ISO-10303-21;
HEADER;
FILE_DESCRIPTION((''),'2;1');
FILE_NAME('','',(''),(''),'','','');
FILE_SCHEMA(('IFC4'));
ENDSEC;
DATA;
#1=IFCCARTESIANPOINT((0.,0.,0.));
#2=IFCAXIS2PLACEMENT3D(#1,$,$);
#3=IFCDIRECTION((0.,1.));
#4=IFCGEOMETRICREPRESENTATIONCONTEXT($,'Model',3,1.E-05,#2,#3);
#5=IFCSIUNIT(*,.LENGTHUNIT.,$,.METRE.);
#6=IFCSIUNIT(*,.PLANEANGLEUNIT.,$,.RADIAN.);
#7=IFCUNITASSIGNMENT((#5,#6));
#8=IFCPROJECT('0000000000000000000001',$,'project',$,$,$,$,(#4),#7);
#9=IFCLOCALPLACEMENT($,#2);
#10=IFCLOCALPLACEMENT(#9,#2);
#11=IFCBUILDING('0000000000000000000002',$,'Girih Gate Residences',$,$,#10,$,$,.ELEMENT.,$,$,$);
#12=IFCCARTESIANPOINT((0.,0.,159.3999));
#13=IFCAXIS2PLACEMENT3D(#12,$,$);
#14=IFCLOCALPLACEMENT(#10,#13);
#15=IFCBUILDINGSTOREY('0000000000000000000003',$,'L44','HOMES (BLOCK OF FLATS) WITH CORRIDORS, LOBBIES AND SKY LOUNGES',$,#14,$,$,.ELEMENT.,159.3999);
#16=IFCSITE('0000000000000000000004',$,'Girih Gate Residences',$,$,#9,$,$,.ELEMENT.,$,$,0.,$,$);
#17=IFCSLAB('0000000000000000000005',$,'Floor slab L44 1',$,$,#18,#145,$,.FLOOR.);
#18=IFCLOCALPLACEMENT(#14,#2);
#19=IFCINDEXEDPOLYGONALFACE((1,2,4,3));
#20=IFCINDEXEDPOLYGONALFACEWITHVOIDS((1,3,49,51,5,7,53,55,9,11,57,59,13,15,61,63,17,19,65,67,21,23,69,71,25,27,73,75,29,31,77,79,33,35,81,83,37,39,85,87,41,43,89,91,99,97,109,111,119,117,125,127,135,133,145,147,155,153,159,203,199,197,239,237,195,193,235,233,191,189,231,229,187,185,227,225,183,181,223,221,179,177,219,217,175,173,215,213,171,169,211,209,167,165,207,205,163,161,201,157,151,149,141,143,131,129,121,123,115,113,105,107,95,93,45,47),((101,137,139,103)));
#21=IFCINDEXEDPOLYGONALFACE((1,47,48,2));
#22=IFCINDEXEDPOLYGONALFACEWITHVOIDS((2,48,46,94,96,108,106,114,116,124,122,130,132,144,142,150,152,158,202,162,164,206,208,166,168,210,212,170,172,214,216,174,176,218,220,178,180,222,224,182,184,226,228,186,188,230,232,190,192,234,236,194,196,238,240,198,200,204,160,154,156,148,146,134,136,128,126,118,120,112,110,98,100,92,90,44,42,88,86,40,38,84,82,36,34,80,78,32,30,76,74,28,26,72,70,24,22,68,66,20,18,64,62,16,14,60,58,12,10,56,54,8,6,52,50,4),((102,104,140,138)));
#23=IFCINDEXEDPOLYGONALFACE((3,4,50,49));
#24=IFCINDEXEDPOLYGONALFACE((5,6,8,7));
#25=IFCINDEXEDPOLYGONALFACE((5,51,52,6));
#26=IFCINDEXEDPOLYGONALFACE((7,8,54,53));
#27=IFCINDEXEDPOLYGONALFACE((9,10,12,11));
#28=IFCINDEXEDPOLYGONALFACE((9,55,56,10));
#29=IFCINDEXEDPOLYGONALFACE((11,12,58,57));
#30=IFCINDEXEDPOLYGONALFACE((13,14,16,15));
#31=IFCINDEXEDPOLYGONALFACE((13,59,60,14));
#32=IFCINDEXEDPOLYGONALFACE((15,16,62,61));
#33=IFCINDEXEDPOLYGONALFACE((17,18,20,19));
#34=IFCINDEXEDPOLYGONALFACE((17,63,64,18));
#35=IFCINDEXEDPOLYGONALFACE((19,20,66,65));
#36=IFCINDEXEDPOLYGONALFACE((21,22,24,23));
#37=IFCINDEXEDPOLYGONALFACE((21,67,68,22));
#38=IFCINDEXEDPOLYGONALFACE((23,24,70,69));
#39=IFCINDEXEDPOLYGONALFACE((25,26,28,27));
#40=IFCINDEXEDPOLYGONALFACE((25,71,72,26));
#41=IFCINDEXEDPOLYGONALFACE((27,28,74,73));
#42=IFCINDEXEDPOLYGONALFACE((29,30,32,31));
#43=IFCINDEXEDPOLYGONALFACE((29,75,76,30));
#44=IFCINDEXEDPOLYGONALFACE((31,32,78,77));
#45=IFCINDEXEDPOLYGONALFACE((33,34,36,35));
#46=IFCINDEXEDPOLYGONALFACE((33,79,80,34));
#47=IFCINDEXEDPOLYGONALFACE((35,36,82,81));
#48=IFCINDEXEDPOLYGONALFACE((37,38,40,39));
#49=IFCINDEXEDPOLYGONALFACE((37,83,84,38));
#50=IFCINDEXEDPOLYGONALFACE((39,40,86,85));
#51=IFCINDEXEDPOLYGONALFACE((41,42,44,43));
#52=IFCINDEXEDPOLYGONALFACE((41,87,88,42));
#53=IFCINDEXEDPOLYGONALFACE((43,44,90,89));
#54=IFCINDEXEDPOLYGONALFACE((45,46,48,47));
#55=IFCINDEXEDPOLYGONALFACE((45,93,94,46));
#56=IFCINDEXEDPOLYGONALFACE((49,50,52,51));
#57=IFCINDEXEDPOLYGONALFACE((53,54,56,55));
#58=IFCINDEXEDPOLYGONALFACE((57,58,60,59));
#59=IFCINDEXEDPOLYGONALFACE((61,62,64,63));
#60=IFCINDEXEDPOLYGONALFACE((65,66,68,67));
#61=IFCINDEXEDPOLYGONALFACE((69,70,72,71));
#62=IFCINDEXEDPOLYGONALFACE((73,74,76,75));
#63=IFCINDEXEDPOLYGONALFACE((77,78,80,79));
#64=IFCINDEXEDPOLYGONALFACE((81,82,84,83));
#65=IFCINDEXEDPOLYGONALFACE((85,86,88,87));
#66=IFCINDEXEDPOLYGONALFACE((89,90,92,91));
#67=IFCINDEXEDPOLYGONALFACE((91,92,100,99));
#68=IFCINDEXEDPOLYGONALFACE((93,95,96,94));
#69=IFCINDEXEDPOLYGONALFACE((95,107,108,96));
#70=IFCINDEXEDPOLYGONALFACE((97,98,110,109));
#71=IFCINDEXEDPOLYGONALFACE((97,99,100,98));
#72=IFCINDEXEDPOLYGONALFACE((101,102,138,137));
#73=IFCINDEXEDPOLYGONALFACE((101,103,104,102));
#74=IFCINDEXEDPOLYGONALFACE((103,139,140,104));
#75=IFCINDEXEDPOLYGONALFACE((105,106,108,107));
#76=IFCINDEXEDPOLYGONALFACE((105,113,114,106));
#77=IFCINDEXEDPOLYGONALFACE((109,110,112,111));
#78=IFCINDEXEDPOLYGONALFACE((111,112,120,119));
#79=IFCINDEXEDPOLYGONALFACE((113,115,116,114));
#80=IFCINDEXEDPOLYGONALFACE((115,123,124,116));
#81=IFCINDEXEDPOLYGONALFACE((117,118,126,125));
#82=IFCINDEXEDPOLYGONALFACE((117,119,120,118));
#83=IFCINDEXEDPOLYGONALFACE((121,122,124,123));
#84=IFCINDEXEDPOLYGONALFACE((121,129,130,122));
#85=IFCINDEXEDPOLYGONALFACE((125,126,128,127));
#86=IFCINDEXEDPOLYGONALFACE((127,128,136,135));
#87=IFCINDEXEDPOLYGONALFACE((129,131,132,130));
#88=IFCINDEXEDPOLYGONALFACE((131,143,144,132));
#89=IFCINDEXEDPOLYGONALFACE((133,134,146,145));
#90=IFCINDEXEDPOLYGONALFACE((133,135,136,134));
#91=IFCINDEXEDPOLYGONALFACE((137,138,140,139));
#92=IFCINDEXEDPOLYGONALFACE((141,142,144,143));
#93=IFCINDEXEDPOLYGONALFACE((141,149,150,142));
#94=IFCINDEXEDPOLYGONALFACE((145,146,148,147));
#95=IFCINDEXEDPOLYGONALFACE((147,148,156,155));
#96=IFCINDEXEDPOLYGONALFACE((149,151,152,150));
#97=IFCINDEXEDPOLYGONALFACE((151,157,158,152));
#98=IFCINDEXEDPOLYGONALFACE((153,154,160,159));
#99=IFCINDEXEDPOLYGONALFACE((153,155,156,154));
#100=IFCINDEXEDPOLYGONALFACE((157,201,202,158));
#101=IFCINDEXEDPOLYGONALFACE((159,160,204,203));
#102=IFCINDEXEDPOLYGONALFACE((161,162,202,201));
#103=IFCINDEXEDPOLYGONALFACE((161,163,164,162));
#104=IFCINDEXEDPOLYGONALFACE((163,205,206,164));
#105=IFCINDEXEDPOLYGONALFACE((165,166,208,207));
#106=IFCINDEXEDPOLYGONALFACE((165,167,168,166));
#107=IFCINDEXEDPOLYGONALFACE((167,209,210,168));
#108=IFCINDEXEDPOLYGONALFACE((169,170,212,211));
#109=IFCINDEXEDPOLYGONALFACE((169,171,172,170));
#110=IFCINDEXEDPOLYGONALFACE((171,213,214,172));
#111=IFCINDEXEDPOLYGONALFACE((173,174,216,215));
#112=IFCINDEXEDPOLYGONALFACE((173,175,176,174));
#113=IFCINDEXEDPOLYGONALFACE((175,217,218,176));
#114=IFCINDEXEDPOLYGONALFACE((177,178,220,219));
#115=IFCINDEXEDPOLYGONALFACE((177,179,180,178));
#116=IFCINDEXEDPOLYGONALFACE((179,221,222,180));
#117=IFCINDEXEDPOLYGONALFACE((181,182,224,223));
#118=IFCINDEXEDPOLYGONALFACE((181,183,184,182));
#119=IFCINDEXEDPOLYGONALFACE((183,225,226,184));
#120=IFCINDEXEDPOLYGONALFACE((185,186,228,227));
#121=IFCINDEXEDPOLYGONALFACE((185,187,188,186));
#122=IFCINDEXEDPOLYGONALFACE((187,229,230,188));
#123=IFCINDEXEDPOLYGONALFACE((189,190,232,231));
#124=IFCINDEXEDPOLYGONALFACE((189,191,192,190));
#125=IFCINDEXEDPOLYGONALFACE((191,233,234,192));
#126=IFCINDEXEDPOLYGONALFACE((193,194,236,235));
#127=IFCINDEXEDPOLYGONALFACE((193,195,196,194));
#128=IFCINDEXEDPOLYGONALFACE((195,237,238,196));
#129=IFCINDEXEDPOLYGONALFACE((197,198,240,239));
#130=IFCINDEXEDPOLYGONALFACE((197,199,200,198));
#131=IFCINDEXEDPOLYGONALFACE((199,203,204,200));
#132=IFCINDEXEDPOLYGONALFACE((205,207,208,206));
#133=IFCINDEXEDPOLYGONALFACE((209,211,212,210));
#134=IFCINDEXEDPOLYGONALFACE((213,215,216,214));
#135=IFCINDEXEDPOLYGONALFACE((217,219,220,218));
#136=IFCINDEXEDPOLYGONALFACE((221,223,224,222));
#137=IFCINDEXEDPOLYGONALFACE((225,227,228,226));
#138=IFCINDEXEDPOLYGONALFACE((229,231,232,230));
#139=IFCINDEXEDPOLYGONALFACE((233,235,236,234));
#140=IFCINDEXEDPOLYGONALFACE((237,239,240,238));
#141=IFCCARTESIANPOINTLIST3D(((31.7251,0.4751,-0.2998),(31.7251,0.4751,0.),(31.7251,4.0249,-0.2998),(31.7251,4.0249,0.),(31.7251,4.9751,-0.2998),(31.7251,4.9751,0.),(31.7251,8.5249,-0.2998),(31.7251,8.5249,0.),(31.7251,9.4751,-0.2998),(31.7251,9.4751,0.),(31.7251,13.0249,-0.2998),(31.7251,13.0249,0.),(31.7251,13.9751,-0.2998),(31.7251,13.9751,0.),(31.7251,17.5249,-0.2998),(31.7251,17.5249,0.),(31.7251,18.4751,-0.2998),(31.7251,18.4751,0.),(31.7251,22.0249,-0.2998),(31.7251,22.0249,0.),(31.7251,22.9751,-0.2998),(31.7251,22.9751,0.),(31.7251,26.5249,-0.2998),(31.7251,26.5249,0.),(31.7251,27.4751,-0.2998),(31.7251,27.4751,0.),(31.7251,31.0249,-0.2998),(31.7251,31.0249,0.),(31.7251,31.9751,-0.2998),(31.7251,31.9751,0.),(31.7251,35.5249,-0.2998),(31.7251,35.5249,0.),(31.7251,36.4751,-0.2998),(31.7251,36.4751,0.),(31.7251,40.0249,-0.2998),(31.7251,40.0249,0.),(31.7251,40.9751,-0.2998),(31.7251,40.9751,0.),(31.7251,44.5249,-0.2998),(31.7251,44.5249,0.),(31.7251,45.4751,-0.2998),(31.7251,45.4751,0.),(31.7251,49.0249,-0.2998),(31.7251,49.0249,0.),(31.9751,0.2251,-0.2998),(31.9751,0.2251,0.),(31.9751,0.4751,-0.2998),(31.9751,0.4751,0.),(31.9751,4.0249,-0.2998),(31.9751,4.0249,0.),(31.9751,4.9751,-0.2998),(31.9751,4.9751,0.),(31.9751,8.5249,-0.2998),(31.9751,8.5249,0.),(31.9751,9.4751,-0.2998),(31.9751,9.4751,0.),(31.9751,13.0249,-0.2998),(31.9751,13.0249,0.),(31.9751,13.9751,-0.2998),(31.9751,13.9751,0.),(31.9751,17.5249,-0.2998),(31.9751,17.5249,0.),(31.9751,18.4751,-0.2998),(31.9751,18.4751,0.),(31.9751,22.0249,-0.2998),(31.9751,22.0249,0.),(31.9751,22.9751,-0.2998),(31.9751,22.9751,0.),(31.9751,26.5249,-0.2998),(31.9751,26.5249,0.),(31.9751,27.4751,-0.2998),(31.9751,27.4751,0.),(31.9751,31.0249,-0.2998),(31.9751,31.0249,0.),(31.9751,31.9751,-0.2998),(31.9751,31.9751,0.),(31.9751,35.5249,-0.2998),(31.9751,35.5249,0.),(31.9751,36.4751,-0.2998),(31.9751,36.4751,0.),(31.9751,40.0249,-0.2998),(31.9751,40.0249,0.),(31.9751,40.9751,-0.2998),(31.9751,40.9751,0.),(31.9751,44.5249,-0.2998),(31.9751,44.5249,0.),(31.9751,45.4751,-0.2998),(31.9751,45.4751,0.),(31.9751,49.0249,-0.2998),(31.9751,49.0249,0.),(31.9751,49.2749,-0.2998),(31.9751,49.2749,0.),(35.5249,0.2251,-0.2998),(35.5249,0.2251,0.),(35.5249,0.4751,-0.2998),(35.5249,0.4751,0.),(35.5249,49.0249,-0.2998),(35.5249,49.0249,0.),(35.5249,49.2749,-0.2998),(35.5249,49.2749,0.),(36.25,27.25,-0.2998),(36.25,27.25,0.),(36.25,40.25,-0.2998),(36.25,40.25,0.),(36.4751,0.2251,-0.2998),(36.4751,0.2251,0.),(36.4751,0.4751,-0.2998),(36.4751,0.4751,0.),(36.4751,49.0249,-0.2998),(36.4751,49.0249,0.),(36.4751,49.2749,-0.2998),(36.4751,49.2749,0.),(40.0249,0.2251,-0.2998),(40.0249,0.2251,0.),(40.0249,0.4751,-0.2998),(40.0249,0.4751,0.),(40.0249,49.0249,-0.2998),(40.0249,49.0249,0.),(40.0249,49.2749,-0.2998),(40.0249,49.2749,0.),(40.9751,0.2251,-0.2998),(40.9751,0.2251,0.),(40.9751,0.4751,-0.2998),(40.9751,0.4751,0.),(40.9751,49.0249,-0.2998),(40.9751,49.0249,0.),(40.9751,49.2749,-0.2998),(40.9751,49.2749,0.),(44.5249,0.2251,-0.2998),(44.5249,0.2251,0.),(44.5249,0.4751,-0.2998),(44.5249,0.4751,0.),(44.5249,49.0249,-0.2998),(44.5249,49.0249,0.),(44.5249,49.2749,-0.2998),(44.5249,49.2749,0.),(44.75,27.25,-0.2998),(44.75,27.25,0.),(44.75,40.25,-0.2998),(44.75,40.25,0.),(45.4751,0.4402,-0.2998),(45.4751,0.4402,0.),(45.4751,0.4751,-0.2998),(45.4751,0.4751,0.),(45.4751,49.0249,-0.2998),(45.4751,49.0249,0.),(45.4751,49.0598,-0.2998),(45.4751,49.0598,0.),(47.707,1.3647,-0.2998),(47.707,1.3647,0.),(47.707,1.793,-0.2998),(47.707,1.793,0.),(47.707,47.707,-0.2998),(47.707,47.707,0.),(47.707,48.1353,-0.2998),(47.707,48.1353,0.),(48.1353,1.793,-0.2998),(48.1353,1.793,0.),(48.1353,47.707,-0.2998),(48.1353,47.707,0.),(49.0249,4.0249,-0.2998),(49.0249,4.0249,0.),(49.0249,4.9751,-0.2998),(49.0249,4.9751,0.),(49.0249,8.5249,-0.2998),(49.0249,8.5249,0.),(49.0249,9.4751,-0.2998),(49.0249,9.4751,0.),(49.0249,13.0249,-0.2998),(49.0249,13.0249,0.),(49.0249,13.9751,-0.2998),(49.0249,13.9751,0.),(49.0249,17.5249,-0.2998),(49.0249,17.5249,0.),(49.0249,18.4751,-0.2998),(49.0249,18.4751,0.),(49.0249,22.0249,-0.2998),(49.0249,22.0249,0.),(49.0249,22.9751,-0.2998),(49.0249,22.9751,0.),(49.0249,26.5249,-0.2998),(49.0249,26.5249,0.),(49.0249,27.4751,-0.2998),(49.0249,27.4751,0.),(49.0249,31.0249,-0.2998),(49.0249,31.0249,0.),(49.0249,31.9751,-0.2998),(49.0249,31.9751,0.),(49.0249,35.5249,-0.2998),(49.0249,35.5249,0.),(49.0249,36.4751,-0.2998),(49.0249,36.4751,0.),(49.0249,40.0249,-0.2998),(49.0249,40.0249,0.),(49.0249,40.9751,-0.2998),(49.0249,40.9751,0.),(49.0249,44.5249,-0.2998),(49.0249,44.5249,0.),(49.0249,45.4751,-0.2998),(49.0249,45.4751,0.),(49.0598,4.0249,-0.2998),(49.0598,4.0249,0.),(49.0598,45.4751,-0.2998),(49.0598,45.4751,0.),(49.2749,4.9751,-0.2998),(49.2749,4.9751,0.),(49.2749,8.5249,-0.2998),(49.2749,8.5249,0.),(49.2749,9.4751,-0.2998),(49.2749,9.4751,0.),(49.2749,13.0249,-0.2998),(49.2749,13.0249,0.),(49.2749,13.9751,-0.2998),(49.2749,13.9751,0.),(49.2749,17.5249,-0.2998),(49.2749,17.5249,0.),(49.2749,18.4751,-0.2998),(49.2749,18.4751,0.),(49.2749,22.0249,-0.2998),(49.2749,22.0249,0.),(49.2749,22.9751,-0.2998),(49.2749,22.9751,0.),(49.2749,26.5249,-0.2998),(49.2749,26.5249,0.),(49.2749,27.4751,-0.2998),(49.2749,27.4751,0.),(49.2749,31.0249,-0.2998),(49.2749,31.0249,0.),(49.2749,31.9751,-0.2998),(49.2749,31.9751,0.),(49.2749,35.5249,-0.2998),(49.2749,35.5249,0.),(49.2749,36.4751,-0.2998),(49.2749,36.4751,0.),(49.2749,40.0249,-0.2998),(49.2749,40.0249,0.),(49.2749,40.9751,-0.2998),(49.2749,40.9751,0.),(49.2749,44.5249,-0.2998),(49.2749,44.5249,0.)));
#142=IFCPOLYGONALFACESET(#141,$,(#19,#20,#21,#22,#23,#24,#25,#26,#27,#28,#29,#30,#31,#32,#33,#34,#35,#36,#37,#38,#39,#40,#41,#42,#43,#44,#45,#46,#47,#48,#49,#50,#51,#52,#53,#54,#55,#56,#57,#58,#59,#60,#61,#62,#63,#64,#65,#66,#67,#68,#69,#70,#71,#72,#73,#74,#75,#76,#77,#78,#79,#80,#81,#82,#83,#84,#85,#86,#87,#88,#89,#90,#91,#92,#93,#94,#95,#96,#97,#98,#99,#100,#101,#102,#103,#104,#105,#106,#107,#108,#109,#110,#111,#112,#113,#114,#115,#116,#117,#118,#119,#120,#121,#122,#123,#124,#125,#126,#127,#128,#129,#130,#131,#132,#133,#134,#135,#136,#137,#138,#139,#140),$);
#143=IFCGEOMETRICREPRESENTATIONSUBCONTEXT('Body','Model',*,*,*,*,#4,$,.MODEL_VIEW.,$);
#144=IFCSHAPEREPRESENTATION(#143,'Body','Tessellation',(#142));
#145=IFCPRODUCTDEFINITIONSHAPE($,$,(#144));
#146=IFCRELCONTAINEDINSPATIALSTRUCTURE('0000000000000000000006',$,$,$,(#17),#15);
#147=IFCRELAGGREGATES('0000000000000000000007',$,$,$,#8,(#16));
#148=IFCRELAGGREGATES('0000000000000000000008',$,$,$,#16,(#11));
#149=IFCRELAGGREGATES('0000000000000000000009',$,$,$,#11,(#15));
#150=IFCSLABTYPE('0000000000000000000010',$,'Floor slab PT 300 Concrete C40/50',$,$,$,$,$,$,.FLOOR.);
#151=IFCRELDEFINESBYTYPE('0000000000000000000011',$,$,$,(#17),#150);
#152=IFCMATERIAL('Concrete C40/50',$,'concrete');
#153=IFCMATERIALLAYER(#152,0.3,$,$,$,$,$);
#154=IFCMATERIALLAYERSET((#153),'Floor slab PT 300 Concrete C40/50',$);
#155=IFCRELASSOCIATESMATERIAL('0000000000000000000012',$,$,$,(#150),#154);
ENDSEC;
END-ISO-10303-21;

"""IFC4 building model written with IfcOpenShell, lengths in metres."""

from ifc_helpers import new_model, si_unit, direction, frame, origin, place, context, subcontext, project, spatial, polyline, outline, extrude, material, layer, layer_set, type_object, element, save


model = new_model("IFC4")

# Units and contexts
model_context = context("Model", 3, precision=1e-05, world=origin(), true_north=direction((0.0, 1.0)))
body_context = subcontext(model_context, "Body", "Model", "MODEL_VIEW")
ifc_project = project(units=[si_unit("LENGTHUNIT", "METRE"), si_unit("PLANEANGLEUNIT", "RADIAN")], contexts=[model_context])

# Site, building, storey
site_placement = place(None, origin())
site = spatial("IfcSite", under=ifc_project, at=site_placement, Name="Girih Gate Residences", CompositionType="ELEMENT", RefElevation=0.0)
building_placement = place(site_placement, origin())
building = spatial("IfcBuilding", under=site, at=building_placement, Name="Girih Gate Residences", CompositionType="ELEMENT")
storey_placement = place(building_placement, frame((0.0, 0.0, 159.3999)))
storey = spatial("IfcBuildingStorey", under=building, at=storey_placement, Name="L44", Description="HOMES (BLOCK OF FLATS) WITH CORRIDORS, LOBBIES AND SKY LOUNGES", CompositionType="ELEMENT", Elevation=159.3999)

# Slab
ifc_material_1 = material(Name="Concrete C40/50", Category="concrete")
ifc_layer_1 = layer(ifc_material_1, 0.3)
ifc_layer_set_1 = layer_set([ifc_layer_1], Name="Floor slab PT 300 Concrete C40/50")
slab_type_1 = type_object("IfcSlabType", Name="Floor slab PT 300 Concrete C40/50", PredefinedType="FLOOR", material=ifc_layer_set_1)
slab_1_placement = place(storey_placement, frame((0.0, 0.0, -0.2998)))
element("IfcSlab", 1, at=slab_1_placement, inside=storey, type_object=slab_type_1, Name="Floor slab L44 1", PredefinedType="FLOOR", context=body_context, shape_type="SweptSolid", body=[
    extrude(outline(polyline([(35.5249, 49.2749), (31.9751, 49.2749), (31.9751, 49.0249), (31.7251, 49.0249), (31.7251, 45.4751), (31.9751, 45.4751), (31.9751, 44.5249), (31.7251, 44.5249), (31.7251, 40.9751), (31.9751, 40.9751), (31.9751, 40.0249), (31.7251, 40.0249), (31.7251, 36.4751), (31.9751, 36.4751), (31.9751, 35.5249), (31.7251, 35.5249), (31.7251, 31.9751), (31.9751, 31.9751), (31.9751, 31.0249), (31.7251, 31.0249), (31.7251, 27.4751), (31.9751, 27.4751), (31.9751, 26.5249), (31.7251, 26.5249), (31.7251, 22.9751), (31.9751, 22.9751), (31.9751, 22.0249), (31.7251, 22.0249), (31.7251, 18.4751), (31.9751, 18.4751), (31.9751, 17.5249), (31.7251, 17.5249), (31.7251, 13.9751), (31.9751, 13.9751), (31.9751, 13.0249), (31.7251, 13.0249), (31.7251, 9.4751), (31.9751, 9.4751), (31.9751, 8.5249), (31.7251, 8.5249), (31.7251, 4.9751), (31.9751, 4.9751), (31.9751, 4.0249), (31.7251, 4.0249), (31.7251, 0.4751), (31.9751, 0.4751), (31.9751, 0.2251), (35.5249, 0.2251), (35.5249, 0.4751), (36.4751, 0.4751), (36.4751, 0.2251), (40.0249, 0.2251), (40.0249, 0.4751), (40.9751, 0.4751), (40.9751, 0.2251), (44.5249, 0.2251), (44.5249, 0.4751), (45.4751, 0.4751), (45.4751, 0.4402), (47.707, 1.3647), (47.707, 1.793), (48.1353, 1.793), (49.0598, 4.0249), (49.0249, 4.0249), (49.0249, 4.9751), (49.2749, 4.9751), (49.2749, 8.5249), (49.0249, 8.5249), (49.0249, 9.4751), (49.2749, 9.4751), (49.2749, 13.0249), (49.0249, 13.0249), (49.0249, 13.9751), (49.2749, 13.9751), (49.2749, 17.5249), (49.0249, 17.5249), (49.0249, 18.4751), (49.2749, 18.4751), (49.2749, 22.0249), (49.0249, 22.0249), (49.0249, 22.9751), (49.2749, 22.9751), (49.2749, 26.5249), (49.0249, 26.5249), (49.0249, 27.4751), (49.2749, 27.4751), (49.2749, 31.0249), (49.0249, 31.0249), (49.0249, 31.9751), (49.2749, 31.9751), (49.2749, 35.5249), (49.0249, 35.5249), (49.0249, 36.4751), (49.2749, 36.4751), (49.2749, 40.0249), (49.0249, 40.0249), (49.0249, 40.9751), (49.2749, 40.9751), (49.2749, 44.5249), (49.0249, 44.5249), (49.0249, 45.4751), (49.0598, 45.4751), (48.1353, 47.707), (47.707, 47.707), (47.707, 48.1353), (45.4751, 49.0598), (45.4751, 49.0249), (44.5249, 49.0249), (44.5249, 49.2749), (40.9751, 49.2749), (40.9751, 49.0249), (40.0249, 49.0249), (40.0249, 49.2749), (36.4751, 49.2749), (36.4751, 49.0249), (35.5249, 49.0249), (35.5249, 49.2749)]), holes=[polyline([(44.75, 40.25), (44.75, 27.25), (36.25, 27.25), (36.25, 40.25), (44.75, 40.25)])]), origin(), (0.0, 0.0, 1.0), 0.2998),
])

save(model, "model.ifc")
